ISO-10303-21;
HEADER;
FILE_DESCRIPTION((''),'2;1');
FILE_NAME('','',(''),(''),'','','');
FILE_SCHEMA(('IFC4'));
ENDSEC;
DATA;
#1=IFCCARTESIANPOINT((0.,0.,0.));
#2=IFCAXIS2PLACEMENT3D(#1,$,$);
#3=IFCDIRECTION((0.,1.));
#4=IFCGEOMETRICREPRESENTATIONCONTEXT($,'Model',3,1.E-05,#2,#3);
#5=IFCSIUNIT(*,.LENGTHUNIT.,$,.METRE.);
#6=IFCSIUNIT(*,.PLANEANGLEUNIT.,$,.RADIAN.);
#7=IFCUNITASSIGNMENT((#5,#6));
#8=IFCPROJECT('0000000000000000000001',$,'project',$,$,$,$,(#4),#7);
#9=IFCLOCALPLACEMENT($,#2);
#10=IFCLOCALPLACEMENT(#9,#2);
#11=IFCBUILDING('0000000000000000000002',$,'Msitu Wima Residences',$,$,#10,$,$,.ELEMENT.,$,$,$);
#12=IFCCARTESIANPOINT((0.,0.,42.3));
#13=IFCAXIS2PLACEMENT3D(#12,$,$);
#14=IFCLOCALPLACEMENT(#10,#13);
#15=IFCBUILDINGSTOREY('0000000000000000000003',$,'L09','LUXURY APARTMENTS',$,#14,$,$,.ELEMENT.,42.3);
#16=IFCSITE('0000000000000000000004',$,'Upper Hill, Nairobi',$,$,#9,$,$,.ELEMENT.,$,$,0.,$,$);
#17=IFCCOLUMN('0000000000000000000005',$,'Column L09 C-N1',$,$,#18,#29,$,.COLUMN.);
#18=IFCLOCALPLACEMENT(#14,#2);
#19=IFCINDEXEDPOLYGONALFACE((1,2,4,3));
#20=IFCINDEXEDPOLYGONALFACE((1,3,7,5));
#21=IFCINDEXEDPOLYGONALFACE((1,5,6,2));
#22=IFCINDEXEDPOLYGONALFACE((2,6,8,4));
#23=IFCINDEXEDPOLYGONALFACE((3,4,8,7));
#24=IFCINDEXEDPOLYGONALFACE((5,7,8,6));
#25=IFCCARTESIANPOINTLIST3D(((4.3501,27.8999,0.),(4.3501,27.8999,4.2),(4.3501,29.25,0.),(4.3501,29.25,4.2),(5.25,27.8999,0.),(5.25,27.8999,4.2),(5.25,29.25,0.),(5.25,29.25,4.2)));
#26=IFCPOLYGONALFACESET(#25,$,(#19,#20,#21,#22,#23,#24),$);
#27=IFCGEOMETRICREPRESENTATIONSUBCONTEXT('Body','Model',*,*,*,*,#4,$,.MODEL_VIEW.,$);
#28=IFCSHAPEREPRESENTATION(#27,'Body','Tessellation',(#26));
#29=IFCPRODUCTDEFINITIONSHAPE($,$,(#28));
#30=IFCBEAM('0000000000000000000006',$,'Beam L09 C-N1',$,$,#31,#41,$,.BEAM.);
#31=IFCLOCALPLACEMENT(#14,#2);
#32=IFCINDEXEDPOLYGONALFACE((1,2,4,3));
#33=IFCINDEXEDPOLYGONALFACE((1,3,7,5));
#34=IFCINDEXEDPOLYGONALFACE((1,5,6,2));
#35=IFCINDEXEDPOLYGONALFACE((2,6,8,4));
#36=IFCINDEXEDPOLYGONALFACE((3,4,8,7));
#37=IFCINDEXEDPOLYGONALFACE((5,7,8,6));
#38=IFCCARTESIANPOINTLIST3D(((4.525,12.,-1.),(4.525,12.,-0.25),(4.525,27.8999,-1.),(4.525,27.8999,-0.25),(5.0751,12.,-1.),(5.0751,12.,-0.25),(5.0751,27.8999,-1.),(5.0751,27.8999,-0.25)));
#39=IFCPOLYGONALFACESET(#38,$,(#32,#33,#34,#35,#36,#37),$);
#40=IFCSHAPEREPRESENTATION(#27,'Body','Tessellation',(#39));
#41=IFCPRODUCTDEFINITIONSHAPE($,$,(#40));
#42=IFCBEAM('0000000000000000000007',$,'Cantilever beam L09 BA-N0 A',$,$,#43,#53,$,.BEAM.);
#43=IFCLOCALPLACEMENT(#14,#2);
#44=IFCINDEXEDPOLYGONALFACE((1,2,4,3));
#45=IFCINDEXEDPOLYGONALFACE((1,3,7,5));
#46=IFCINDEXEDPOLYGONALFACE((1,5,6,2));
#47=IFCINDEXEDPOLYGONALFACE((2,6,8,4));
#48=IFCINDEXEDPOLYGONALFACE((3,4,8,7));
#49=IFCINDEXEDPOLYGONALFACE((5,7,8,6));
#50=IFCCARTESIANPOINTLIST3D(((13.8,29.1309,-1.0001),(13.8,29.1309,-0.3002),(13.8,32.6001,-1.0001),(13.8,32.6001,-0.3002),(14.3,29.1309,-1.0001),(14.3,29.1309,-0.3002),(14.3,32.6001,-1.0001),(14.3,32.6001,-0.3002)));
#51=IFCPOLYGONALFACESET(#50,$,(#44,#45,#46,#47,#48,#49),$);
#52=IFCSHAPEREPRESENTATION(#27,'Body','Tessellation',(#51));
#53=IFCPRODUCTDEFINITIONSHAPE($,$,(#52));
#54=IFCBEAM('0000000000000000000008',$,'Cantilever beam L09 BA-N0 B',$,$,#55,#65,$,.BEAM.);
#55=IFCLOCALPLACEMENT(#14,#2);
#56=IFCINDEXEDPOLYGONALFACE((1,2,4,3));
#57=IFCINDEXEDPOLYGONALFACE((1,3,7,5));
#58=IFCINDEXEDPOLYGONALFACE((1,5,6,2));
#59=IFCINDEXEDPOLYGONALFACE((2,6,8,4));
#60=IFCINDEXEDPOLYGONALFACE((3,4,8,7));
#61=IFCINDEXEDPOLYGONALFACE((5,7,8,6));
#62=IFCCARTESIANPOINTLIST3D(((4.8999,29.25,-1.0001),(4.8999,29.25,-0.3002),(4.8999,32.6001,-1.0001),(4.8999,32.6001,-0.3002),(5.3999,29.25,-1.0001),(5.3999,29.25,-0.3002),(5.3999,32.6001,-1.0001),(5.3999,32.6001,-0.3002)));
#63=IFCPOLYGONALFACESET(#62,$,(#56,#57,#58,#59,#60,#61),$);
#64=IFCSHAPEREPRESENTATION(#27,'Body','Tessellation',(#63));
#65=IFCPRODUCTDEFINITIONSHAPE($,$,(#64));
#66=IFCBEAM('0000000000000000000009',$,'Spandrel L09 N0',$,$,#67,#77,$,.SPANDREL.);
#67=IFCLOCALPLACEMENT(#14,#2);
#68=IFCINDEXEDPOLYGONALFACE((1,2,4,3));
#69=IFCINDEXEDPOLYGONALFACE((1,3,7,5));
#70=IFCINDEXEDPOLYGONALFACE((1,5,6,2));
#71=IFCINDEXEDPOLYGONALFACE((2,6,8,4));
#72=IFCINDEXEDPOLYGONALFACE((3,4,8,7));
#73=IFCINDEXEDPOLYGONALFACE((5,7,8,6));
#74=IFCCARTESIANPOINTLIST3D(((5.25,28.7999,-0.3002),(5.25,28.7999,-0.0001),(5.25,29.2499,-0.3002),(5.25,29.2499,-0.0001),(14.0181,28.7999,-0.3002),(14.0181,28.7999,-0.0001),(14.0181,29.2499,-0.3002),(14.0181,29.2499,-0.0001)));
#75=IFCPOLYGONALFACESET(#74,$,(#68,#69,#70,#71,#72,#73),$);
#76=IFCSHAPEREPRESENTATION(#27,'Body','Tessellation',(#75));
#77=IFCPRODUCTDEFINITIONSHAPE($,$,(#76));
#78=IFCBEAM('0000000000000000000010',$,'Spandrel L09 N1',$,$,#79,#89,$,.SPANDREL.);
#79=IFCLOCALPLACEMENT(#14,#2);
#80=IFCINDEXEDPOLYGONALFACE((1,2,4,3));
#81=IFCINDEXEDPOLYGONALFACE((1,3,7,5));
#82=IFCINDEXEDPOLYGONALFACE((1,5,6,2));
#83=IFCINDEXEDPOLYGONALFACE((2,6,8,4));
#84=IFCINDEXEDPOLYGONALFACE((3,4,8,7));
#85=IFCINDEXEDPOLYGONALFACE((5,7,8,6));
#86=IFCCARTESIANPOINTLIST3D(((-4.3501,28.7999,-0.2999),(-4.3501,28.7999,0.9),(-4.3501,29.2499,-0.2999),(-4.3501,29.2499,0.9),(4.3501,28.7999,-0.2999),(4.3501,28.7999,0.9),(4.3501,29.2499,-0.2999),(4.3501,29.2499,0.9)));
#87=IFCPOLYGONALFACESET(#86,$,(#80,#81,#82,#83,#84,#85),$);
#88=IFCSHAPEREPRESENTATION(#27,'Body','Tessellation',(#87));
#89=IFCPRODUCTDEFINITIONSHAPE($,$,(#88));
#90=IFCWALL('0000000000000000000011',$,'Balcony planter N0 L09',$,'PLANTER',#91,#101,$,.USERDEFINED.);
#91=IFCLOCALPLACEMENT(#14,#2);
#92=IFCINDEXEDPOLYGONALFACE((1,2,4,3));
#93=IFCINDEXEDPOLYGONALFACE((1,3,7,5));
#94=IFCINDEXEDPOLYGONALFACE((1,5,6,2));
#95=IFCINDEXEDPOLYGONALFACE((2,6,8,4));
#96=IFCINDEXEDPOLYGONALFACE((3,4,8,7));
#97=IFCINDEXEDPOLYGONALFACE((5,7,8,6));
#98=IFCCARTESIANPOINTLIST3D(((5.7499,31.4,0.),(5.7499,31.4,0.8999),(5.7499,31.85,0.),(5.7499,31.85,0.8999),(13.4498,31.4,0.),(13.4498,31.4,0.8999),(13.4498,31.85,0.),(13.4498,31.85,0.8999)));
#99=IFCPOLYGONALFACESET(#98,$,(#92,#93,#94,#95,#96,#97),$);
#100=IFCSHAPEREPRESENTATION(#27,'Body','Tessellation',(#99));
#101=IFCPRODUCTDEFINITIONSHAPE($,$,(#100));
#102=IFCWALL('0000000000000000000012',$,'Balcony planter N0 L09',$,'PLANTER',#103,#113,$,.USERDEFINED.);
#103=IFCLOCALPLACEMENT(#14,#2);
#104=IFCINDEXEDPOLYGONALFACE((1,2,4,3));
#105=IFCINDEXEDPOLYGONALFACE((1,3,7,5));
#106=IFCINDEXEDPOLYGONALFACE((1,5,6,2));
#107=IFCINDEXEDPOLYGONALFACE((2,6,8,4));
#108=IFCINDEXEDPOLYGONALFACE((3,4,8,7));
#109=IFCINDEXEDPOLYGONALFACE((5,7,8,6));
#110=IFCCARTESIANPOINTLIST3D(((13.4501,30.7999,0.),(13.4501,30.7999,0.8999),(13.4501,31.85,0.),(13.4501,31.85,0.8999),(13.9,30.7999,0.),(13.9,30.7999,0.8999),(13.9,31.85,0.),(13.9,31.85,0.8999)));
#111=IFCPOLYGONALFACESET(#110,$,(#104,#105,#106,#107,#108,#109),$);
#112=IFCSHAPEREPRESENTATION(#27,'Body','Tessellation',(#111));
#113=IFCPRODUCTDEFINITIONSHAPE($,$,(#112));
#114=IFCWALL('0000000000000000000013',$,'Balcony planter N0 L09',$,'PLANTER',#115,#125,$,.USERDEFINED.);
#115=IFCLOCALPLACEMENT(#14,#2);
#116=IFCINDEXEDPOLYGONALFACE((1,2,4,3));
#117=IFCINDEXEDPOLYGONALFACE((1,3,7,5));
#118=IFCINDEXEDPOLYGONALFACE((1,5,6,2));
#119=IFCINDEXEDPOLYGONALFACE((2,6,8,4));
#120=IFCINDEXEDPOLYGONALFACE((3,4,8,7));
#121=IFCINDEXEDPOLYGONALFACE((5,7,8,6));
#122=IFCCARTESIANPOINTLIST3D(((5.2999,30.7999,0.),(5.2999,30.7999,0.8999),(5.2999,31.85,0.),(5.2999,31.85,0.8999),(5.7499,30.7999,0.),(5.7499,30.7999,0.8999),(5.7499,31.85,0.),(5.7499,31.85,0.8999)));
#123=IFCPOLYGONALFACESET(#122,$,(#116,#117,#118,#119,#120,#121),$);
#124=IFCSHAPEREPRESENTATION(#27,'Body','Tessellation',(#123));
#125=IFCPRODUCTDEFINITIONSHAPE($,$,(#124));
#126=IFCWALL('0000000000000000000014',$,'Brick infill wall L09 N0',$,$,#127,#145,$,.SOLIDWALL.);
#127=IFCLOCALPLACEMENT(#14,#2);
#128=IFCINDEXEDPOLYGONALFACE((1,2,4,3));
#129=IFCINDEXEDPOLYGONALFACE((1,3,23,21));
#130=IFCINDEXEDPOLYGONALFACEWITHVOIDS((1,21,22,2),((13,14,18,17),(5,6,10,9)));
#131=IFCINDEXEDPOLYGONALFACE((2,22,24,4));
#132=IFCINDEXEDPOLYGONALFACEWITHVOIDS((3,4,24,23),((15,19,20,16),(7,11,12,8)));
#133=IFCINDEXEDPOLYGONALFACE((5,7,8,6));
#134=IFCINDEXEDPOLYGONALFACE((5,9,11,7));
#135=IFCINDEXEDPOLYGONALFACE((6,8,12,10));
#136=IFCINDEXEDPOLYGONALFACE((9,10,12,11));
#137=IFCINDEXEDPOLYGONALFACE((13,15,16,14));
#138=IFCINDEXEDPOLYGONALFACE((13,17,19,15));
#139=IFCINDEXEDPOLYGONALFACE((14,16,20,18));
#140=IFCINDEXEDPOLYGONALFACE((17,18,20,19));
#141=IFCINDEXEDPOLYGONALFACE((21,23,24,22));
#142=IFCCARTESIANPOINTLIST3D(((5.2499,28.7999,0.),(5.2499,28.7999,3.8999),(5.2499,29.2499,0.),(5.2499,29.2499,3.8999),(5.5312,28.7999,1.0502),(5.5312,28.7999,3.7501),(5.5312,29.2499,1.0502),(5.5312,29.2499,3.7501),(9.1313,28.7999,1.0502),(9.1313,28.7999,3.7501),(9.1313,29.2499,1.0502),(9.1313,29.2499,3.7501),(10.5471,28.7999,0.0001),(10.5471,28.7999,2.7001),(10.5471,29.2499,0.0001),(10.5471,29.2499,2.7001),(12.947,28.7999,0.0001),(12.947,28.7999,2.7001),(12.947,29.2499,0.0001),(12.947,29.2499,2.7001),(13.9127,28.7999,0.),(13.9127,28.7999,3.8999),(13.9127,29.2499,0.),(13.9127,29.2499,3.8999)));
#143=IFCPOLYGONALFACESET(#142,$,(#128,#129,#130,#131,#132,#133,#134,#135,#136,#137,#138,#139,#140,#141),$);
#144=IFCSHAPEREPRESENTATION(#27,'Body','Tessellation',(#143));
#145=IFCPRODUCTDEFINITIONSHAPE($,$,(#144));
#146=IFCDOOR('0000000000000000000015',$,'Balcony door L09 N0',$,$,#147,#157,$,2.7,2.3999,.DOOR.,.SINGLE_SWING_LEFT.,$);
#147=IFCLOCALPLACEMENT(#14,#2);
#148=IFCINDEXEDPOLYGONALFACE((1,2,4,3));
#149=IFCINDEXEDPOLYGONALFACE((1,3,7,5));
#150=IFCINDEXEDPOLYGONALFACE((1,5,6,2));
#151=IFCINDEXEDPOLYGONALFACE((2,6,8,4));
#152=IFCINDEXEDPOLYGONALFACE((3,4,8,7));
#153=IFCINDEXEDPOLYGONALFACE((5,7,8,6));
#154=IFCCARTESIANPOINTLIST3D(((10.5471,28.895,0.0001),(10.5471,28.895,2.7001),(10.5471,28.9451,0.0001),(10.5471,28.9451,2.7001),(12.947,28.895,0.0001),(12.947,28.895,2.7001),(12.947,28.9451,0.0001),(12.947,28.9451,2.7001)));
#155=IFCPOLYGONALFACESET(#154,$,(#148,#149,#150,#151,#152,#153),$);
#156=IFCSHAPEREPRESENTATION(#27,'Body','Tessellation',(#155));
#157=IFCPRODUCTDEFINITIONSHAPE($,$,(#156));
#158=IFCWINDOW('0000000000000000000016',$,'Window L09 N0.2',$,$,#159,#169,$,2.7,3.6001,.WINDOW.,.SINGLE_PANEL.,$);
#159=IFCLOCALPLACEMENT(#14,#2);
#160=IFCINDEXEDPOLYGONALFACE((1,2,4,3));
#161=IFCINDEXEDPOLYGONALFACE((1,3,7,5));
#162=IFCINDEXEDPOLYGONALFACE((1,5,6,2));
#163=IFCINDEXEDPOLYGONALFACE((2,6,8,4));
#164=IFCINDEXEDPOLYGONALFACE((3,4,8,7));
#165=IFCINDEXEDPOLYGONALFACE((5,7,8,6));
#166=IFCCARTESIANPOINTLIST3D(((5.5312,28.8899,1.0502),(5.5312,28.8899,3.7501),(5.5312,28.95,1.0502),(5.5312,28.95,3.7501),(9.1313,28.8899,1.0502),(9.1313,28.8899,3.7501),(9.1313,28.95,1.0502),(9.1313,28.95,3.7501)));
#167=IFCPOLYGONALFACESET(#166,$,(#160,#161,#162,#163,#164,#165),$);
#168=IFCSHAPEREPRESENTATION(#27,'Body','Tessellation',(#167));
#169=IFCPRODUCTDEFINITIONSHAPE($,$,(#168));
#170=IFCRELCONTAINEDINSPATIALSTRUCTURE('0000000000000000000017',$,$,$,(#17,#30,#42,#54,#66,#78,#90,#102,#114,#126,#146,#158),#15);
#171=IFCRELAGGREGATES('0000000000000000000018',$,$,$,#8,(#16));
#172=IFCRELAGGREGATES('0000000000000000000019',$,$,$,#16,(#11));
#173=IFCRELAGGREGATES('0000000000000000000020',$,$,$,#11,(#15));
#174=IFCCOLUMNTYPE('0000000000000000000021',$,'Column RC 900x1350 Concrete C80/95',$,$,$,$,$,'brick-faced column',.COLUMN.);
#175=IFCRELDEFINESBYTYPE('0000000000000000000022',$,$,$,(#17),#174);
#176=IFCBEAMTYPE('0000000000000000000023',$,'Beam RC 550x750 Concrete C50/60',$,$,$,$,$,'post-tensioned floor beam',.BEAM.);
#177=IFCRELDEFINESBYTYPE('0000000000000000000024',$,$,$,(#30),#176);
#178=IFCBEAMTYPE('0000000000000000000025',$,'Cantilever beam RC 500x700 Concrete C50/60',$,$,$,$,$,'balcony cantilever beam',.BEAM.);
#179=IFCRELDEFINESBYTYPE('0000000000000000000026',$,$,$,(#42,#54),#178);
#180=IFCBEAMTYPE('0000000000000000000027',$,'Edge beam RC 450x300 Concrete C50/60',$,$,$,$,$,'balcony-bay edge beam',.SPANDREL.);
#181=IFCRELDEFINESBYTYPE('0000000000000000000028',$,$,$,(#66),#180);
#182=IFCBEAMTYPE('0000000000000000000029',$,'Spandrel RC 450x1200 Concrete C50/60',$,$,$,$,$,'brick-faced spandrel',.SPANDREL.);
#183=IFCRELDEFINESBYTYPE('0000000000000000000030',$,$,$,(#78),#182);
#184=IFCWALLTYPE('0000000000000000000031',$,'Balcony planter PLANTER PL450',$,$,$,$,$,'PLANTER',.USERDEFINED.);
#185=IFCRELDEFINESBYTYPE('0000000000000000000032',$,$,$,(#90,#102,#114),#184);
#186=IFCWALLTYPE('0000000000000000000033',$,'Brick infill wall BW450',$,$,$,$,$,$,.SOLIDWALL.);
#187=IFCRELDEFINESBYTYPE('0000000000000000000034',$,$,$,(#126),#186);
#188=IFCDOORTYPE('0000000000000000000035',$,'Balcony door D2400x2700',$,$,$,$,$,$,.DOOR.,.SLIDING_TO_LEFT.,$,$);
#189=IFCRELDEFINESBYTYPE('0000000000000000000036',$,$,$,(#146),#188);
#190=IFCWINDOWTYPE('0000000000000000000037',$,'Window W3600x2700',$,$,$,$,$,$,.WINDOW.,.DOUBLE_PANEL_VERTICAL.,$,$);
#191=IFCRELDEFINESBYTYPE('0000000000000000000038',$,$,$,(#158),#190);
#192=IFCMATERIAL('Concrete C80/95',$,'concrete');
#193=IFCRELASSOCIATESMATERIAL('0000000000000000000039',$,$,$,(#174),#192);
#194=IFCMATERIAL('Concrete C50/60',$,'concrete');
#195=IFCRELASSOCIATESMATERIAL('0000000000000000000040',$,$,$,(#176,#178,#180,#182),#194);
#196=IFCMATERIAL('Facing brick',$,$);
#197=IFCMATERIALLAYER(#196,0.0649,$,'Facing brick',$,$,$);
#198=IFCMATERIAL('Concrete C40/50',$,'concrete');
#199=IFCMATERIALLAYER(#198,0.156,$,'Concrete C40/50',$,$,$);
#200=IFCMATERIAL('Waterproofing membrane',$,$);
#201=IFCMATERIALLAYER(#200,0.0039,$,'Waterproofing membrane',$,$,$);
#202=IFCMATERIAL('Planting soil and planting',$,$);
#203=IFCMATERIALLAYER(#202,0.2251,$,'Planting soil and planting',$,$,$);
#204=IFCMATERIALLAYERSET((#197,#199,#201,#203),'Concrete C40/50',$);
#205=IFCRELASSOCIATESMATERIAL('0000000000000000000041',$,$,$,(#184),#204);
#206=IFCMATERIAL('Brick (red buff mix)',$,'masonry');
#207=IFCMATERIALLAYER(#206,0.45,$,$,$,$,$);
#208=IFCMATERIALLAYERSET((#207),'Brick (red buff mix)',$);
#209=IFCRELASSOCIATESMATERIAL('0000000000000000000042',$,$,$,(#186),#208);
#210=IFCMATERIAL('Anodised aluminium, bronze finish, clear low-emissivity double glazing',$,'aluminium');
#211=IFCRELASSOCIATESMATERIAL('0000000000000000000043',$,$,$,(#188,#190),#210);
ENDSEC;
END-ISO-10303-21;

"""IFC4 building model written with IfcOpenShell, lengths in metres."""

from ifc_helpers import new_model, si_unit, direction, frame, frame_2d, origin, origin_2d, place, context, subcontext, project, spatial, rectangle, extrude, material, layer, layer_set, material_profile, profile_set, type_object, element, fill, save


model = new_model("IFC4")

# Units and contexts
model_context = context("Model", 3, precision=1e-05, world=origin(), true_north=direction((0.0, 1.0)))
body_context = subcontext(model_context, "Body", "Model", "MODEL_VIEW")
ifc_project = project(units=[si_unit("LENGTHUNIT", "METRE"), si_unit("PLANEANGLEUNIT", "RADIAN")], contexts=[model_context])

# Site, building, storey
site_placement = place(None, origin())
site = spatial("IfcSite", under=ifc_project, at=site_placement, Name="Upper Hill, Nairobi", CompositionType="ELEMENT", RefElevation=0.0)
building_placement = place(site_placement, origin())
building = spatial("IfcBuilding", under=site, at=building_placement, Name="Msitu Wima Residences", CompositionType="ELEMENT")
storey_placement = place(building_placement, frame((0.0, 0.0, 42.3)))
storey = spatial("IfcBuildingStorey", under=building, at=storey_placement, Name="L09", Description="LUXURY APARTMENTS", CompositionType="ELEMENT", Elevation=42.3)

# Column
ifc_material_1 = material(Name="Concrete C80/95", Category="concrete")
ifc_material_profile_1 = material_profile(ifc_material_1, rectangle(XDim=0.8999, YDim=1.3501, at=origin_2d()), Name="RC 900x1350")
ifc_profile_set_1 = profile_set([ifc_material_profile_1], Name="Concrete C80/95")
column_type = type_object("IfcColumnType", Name="Column RC 900x1350 Concrete C80/95", ElementType="brick-faced column", PredefinedType="COLUMN", material=ifc_profile_set_1)
column_placement = place(storey_placement, frame((4.8, 28.575, 0.0), z_axis=(0.0, 0.0, 1.0), x_axis=(-1.0, 0.0, 0.0)))
element("IfcColumn", 1, at=column_placement, inside=storey, type_object=column_type, Name="Column L09 C-N1", PredefinedType="COLUMN", context=body_context, shape_type="SweptSolid", body=[
    extrude(rectangle(XDim=0.8999, YDim=1.3501, at=origin_2d()), origin(), (0.0, 0.0, 1.0), 4.2),
])

# Beams
ifc_material_2 = material(Name="Concrete C50/60", Category="concrete")
ifc_material_profile_2 = material_profile(ifc_material_2, rectangle(XDim=0.55, YDim=0.75, at=origin_2d()), Name="RC 550x750")
ifc_profile_set_2 = profile_set([ifc_material_profile_2], Name="Concrete C50/60")
beam_type_1 = type_object("IfcBeamType", Name="Beam RC 550x750 Concrete C50/60", ElementType="post-tensioned floor beam", PredefinedType="BEAM", material=ifc_profile_set_2)
beam_1_placement = place(storey_placement, frame((4.8, 27.8999, -0.625), z_axis=(0.0, -1.0, 0.0), x_axis=(1.0, 0.0, 0.0)))
element("IfcBeam", 2, at=beam_1_placement, inside=storey, type_object=beam_type_1, Name="Beam L09 C-N1", PredefinedType="BEAM", context=body_context, shape_type="SweptSolid", body=[
    extrude(rectangle(XDim=0.55, YDim=0.75, at=origin_2d()), origin(), (0.0, 0.0, 1.0), 15.8999),
])
ifc_material_profile_3 = material_profile(ifc_material_2, rectangle(XDim=0.5, YDim=0.7, at=origin_2d()), Name="RC 500x700")
ifc_profile_set_3 = profile_set([ifc_material_profile_3], Name="Concrete C50/60")
beam_type_2 = type_object("IfcBeamType", Name="Cantilever beam RC 500x700 Concrete C50/60", ElementType="balcony cantilever beam", PredefinedType="BEAM", material=ifc_profile_set_3)
beam_2_placement = place(storey_placement, frame((14.05, 29.1309, -0.6501), z_axis=(0.0, 1.0, 0.0), x_axis=(-1.0, 0.0, 0.0)))
element("IfcBeam", 3, at=beam_2_placement, inside=storey, type_object=beam_type_2, Name="Cantilever beam L09 BA-N0 A", PredefinedType="BEAM", context=body_context, shape_type="SweptSolid", body=[
    extrude(rectangle(XDim=0.5, YDim=0.7, at=origin_2d()), origin(), (0.0, 0.0, 1.0), 3.4692),
])
beam_3_placement = place(storey_placement, frame((5.1499, 29.25, -0.6501), z_axis=(0.0, 1.0, 0.0), x_axis=(-1.0, 0.0, 0.0)))
element("IfcBeam", 4, at=beam_3_placement, inside=storey, type_object=beam_type_2, Name="Cantilever beam L09 BA-N0 B", PredefinedType="BEAM", context=body_context, shape_type="SweptSolid", body=[
    extrude(rectangle(XDim=0.5, YDim=0.7, at=origin_2d()), origin(), (0.0, 0.0, 1.0), 3.3501),
])
ifc_material_profile_4 = material_profile(ifc_material_2, rectangle(XDim=0.45, YDim=0.3, at=origin_2d()), Name="RC 450x300")
ifc_profile_set_4 = profile_set([ifc_material_profile_4], Name="Concrete C50/60")
beam_type_3 = type_object("IfcBeamType", Name="Edge beam RC 450x300 Concrete C50/60", ElementType="balcony-bay edge beam", PredefinedType="SPANDREL", material=ifc_profile_set_4)
beam_4_placement = place(storey_placement, frame((14.0181, 29.0249, -0.1501), z_axis=(-1.0, 0.0, 0.0), x_axis=(0.0, -1.0, 0.0)))
element("IfcBeam", 5, at=beam_4_placement, inside=storey, type_object=beam_type_3, Name="Spandrel L09 N0", PredefinedType="SPANDREL", context=body_context, shape_type="SweptSolid", body=[
    extrude(rectangle(XDim=0.45, YDim=0.3, at=origin_2d()), origin(), (0.0, 0.0, 1.0), 8.7681),
])
ifc_material_profile_5 = material_profile(ifc_material_2, rectangle(XDim=0.45, YDim=1.2, at=origin_2d()), Name="RC 450x1200")
ifc_profile_set_5 = profile_set([ifc_material_profile_5], Name="Concrete C50/60")
beam_type_4 = type_object("IfcBeamType", Name="Spandrel RC 450x1200 Concrete C50/60", ElementType="brick-faced spandrel", PredefinedType="SPANDREL", material=ifc_profile_set_5)
beam_5_placement = place(storey_placement, frame((4.3501, 29.0249, 0.3), z_axis=(-1.0, 0.0, 0.0), x_axis=(0.0, -1.0, 0.0)))
element("IfcBeam", 6, at=beam_5_placement, inside=storey, type_object=beam_type_4, Name="Spandrel L09 N1", PredefinedType="SPANDREL", context=body_context, shape_type="SweptSolid", body=[
    extrude(rectangle(XDim=0.45, YDim=1.2, at=origin_2d()), origin(), (0.0, 0.0, 1.0), 8.7002),
])

# Walls
ifc_material_3 = material(Name="Facing brick")
ifc_layer_1 = layer(ifc_material_3, 0.0649, Name="Facing brick")
ifc_material_4 = material(Name="Concrete C40/50", Category="concrete")
ifc_layer_2 = layer(ifc_material_4, 0.156, Name="Concrete C40/50")
ifc_material_5 = material(Name="Waterproofing membrane")
ifc_layer_3 = layer(ifc_material_5, 0.0039, Name="Waterproofing membrane")
ifc_material_6 = material(Name="Planting soil and planting")
ifc_layer_4 = layer(ifc_material_6, 0.2251, Name="Planting soil and planting")
ifc_layer_set_1 = layer_set([ifc_layer_1, ifc_layer_2, ifc_layer_3, ifc_layer_4], Name="Concrete C40/50")
wall_type_1 = type_object("IfcWallType", Name="Balcony planter PLANTER PL450", ElementType="PLANTER", PredefinedType="USERDEFINED", material=ifc_layer_set_1)
wall_1_placement = place(storey_placement, frame((13.45, 31.625, 0.0), z_axis=(0.0, 0.0, 1.0), x_axis=(-1.0, 0.0, 0.0)))
element("IfcWall", 7, at=wall_1_placement, inside=storey, type_object=wall_type_1, Name="Balcony planter N0 L09", ObjectType="PLANTER", PredefinedType="USERDEFINED", context=body_context, shape_type="SweptSolid", body=[
    extrude(rectangle(XDim=7.7, YDim=0.45, at=frame_2d((3.8501, 0.0))), origin(), (0.0, 0.0, 1.0), 0.8999),
])
for number, where, z_axis, x_axis, name in (
    (8, (13.675, 30.8, 0.0), (0.0, 0.0, 1.0), (0.0, 1.0, 0.0), "Balcony planter N0 L09"),
    (9, (5.5249, 30.8, 0.0), (0.0, 0.0, 1.0), (0.0, 1.0, 0.0), "Balcony planter N0 L09"),
):
    element("IfcWall", number, at=place(storey_placement, frame(where, z_axis=z_axis, x_axis=x_axis)), inside=storey, type_object=wall_type_1, Name=name, ObjectType="PLANTER", PredefinedType="USERDEFINED", context=body_context, shape_type="SweptSolid", body=[
        extrude(rectangle(XDim=1.05, YDim=0.45, at=frame_2d((0.5249, 0.0))), origin(), (0.0, 0.0, 1.0), 0.8999),
    ])

# Wall, openings, door, window
ifc_material_7 = material(Name="Brick (red buff mix)", Category="masonry")
ifc_layer_5 = layer(ifc_material_7, 0.45)
ifc_layer_set_2 = layer_set([ifc_layer_5], Name="Brick (red buff mix)")
wall_type_2 = type_object("IfcWallType", Name="Brick infill wall BW450", PredefinedType="SOLIDWALL", material=ifc_layer_set_2)
wall_2_placement = place(storey_placement, frame((13.9128, 29.0249, 0.0), z_axis=(0.0, 0.0, 1.0), x_axis=(-1.0, 0.0, 0.0)))
wall_2 = element("IfcWall", 10, at=wall_2_placement, inside=storey, type_object=wall_type_2, Name="Brick infill wall L09 N0", PredefinedType="SOLIDWALL", context=body_context, shape_type="SweptSolid", body=[
    extrude(rectangle(XDim=8.6628, YDim=0.45, at=frame_2d((4.3315, 0.0))), origin(), (0.0, 0.0, 1.0), 3.8999),
])
opening_1_placement = place(wall_2_placement, frame((0.9658, 0.0, 0.0)))
opening_1 = element("IfcOpeningElement", 11, at=opening_1_placement, cuts=wall_2, PredefinedType="OPENING", context=body_context, shape_type="SweptSolid", body=[
    extrude(rectangle(XDim=2.3999, YDim=2.7, at=frame_2d((1.2, 1.3501))), frame((0.0, 0.2349, 0.0), z_axis=(0.0, -1.0, 0.0), x_axis=(1.0, 0.0, 0.0)), (0.0, 0.0, 1.0), 0.47),
])
opening_2_placement = place(wall_2_placement, frame((4.7815, 0.0, 1.05)))
opening_2 = element("IfcOpeningElement", 12, at=opening_2_placement, cuts=wall_2, PredefinedType="OPENING", context=body_context, shape_type="SweptSolid", body=[
    extrude(rectangle(XDim=3.6001, YDim=2.7, at=frame_2d((1.8, 1.3501))), frame((0.0, 0.2349, 0.0), z_axis=(0.0, -1.0, 0.0), x_axis=(1.0, 0.0, 0.0)), (0.0, 0.0, 1.0), 0.47),
])
ifc_material_8 = material(Name="Anodised aluminium, bronze finish, clear low-emissivity double glazing", Category="aluminium")
door_type_1 = type_object("IfcDoorType", Name="Balcony door D2400x2700", OperationType="SLIDING_TO_LEFT", PredefinedType="DOOR", material=ifc_material_8)
door_1_placement = place(opening_1_placement, origin())
door_1 = element("IfcDoor", 13, at=door_1_placement, inside=storey, type_object=door_type_1, Name="Balcony door L09 N0", OperationType="SINGLE_SWING_LEFT", OverallHeight=2.7, OverallWidth=2.3999, PredefinedType="DOOR", context=body_context, shape_type="SweptSolid", body=[
    extrude(rectangle(XDim=2.3999, YDim=2.7, at=frame_2d((1.2, 1.3501))), frame((0.0, 0.1299, 0.0), z_axis=(0.0, -1.0, 0.0), x_axis=(1.0, 0.0, 0.0)), (0.0, 0.0, 1.0), 0.05),
])
fill(opening_1, door_1)
window_type = type_object("IfcWindowType", Name="Window W3600x2700", PartitioningType="DOUBLE_PANEL_VERTICAL", PredefinedType="WINDOW", material=ifc_material_8)
window_1_placement = place(opening_2_placement, origin())
window_1 = element("IfcWindow", 14, at=window_1_placement, inside=storey, type_object=window_type, Name="Window L09 N0.2", OverallHeight=2.7, OverallWidth=3.6001, PartitioningType="SINGLE_PANEL", PredefinedType="WINDOW", context=body_context, shape_type="SweptSolid", body=[
    extrude(rectangle(XDim=3.6001, YDim=2.7, at=frame_2d((1.8, 1.3501))), frame((0.0, 0.135, 0.0), z_axis=(0.0, -1.0, 0.0), x_axis=(1.0, 0.0, 0.0)), (0.0, 0.0, 1.0), 0.0601),
])
fill(opening_2, window_1)

save(model, "model.ifc")
